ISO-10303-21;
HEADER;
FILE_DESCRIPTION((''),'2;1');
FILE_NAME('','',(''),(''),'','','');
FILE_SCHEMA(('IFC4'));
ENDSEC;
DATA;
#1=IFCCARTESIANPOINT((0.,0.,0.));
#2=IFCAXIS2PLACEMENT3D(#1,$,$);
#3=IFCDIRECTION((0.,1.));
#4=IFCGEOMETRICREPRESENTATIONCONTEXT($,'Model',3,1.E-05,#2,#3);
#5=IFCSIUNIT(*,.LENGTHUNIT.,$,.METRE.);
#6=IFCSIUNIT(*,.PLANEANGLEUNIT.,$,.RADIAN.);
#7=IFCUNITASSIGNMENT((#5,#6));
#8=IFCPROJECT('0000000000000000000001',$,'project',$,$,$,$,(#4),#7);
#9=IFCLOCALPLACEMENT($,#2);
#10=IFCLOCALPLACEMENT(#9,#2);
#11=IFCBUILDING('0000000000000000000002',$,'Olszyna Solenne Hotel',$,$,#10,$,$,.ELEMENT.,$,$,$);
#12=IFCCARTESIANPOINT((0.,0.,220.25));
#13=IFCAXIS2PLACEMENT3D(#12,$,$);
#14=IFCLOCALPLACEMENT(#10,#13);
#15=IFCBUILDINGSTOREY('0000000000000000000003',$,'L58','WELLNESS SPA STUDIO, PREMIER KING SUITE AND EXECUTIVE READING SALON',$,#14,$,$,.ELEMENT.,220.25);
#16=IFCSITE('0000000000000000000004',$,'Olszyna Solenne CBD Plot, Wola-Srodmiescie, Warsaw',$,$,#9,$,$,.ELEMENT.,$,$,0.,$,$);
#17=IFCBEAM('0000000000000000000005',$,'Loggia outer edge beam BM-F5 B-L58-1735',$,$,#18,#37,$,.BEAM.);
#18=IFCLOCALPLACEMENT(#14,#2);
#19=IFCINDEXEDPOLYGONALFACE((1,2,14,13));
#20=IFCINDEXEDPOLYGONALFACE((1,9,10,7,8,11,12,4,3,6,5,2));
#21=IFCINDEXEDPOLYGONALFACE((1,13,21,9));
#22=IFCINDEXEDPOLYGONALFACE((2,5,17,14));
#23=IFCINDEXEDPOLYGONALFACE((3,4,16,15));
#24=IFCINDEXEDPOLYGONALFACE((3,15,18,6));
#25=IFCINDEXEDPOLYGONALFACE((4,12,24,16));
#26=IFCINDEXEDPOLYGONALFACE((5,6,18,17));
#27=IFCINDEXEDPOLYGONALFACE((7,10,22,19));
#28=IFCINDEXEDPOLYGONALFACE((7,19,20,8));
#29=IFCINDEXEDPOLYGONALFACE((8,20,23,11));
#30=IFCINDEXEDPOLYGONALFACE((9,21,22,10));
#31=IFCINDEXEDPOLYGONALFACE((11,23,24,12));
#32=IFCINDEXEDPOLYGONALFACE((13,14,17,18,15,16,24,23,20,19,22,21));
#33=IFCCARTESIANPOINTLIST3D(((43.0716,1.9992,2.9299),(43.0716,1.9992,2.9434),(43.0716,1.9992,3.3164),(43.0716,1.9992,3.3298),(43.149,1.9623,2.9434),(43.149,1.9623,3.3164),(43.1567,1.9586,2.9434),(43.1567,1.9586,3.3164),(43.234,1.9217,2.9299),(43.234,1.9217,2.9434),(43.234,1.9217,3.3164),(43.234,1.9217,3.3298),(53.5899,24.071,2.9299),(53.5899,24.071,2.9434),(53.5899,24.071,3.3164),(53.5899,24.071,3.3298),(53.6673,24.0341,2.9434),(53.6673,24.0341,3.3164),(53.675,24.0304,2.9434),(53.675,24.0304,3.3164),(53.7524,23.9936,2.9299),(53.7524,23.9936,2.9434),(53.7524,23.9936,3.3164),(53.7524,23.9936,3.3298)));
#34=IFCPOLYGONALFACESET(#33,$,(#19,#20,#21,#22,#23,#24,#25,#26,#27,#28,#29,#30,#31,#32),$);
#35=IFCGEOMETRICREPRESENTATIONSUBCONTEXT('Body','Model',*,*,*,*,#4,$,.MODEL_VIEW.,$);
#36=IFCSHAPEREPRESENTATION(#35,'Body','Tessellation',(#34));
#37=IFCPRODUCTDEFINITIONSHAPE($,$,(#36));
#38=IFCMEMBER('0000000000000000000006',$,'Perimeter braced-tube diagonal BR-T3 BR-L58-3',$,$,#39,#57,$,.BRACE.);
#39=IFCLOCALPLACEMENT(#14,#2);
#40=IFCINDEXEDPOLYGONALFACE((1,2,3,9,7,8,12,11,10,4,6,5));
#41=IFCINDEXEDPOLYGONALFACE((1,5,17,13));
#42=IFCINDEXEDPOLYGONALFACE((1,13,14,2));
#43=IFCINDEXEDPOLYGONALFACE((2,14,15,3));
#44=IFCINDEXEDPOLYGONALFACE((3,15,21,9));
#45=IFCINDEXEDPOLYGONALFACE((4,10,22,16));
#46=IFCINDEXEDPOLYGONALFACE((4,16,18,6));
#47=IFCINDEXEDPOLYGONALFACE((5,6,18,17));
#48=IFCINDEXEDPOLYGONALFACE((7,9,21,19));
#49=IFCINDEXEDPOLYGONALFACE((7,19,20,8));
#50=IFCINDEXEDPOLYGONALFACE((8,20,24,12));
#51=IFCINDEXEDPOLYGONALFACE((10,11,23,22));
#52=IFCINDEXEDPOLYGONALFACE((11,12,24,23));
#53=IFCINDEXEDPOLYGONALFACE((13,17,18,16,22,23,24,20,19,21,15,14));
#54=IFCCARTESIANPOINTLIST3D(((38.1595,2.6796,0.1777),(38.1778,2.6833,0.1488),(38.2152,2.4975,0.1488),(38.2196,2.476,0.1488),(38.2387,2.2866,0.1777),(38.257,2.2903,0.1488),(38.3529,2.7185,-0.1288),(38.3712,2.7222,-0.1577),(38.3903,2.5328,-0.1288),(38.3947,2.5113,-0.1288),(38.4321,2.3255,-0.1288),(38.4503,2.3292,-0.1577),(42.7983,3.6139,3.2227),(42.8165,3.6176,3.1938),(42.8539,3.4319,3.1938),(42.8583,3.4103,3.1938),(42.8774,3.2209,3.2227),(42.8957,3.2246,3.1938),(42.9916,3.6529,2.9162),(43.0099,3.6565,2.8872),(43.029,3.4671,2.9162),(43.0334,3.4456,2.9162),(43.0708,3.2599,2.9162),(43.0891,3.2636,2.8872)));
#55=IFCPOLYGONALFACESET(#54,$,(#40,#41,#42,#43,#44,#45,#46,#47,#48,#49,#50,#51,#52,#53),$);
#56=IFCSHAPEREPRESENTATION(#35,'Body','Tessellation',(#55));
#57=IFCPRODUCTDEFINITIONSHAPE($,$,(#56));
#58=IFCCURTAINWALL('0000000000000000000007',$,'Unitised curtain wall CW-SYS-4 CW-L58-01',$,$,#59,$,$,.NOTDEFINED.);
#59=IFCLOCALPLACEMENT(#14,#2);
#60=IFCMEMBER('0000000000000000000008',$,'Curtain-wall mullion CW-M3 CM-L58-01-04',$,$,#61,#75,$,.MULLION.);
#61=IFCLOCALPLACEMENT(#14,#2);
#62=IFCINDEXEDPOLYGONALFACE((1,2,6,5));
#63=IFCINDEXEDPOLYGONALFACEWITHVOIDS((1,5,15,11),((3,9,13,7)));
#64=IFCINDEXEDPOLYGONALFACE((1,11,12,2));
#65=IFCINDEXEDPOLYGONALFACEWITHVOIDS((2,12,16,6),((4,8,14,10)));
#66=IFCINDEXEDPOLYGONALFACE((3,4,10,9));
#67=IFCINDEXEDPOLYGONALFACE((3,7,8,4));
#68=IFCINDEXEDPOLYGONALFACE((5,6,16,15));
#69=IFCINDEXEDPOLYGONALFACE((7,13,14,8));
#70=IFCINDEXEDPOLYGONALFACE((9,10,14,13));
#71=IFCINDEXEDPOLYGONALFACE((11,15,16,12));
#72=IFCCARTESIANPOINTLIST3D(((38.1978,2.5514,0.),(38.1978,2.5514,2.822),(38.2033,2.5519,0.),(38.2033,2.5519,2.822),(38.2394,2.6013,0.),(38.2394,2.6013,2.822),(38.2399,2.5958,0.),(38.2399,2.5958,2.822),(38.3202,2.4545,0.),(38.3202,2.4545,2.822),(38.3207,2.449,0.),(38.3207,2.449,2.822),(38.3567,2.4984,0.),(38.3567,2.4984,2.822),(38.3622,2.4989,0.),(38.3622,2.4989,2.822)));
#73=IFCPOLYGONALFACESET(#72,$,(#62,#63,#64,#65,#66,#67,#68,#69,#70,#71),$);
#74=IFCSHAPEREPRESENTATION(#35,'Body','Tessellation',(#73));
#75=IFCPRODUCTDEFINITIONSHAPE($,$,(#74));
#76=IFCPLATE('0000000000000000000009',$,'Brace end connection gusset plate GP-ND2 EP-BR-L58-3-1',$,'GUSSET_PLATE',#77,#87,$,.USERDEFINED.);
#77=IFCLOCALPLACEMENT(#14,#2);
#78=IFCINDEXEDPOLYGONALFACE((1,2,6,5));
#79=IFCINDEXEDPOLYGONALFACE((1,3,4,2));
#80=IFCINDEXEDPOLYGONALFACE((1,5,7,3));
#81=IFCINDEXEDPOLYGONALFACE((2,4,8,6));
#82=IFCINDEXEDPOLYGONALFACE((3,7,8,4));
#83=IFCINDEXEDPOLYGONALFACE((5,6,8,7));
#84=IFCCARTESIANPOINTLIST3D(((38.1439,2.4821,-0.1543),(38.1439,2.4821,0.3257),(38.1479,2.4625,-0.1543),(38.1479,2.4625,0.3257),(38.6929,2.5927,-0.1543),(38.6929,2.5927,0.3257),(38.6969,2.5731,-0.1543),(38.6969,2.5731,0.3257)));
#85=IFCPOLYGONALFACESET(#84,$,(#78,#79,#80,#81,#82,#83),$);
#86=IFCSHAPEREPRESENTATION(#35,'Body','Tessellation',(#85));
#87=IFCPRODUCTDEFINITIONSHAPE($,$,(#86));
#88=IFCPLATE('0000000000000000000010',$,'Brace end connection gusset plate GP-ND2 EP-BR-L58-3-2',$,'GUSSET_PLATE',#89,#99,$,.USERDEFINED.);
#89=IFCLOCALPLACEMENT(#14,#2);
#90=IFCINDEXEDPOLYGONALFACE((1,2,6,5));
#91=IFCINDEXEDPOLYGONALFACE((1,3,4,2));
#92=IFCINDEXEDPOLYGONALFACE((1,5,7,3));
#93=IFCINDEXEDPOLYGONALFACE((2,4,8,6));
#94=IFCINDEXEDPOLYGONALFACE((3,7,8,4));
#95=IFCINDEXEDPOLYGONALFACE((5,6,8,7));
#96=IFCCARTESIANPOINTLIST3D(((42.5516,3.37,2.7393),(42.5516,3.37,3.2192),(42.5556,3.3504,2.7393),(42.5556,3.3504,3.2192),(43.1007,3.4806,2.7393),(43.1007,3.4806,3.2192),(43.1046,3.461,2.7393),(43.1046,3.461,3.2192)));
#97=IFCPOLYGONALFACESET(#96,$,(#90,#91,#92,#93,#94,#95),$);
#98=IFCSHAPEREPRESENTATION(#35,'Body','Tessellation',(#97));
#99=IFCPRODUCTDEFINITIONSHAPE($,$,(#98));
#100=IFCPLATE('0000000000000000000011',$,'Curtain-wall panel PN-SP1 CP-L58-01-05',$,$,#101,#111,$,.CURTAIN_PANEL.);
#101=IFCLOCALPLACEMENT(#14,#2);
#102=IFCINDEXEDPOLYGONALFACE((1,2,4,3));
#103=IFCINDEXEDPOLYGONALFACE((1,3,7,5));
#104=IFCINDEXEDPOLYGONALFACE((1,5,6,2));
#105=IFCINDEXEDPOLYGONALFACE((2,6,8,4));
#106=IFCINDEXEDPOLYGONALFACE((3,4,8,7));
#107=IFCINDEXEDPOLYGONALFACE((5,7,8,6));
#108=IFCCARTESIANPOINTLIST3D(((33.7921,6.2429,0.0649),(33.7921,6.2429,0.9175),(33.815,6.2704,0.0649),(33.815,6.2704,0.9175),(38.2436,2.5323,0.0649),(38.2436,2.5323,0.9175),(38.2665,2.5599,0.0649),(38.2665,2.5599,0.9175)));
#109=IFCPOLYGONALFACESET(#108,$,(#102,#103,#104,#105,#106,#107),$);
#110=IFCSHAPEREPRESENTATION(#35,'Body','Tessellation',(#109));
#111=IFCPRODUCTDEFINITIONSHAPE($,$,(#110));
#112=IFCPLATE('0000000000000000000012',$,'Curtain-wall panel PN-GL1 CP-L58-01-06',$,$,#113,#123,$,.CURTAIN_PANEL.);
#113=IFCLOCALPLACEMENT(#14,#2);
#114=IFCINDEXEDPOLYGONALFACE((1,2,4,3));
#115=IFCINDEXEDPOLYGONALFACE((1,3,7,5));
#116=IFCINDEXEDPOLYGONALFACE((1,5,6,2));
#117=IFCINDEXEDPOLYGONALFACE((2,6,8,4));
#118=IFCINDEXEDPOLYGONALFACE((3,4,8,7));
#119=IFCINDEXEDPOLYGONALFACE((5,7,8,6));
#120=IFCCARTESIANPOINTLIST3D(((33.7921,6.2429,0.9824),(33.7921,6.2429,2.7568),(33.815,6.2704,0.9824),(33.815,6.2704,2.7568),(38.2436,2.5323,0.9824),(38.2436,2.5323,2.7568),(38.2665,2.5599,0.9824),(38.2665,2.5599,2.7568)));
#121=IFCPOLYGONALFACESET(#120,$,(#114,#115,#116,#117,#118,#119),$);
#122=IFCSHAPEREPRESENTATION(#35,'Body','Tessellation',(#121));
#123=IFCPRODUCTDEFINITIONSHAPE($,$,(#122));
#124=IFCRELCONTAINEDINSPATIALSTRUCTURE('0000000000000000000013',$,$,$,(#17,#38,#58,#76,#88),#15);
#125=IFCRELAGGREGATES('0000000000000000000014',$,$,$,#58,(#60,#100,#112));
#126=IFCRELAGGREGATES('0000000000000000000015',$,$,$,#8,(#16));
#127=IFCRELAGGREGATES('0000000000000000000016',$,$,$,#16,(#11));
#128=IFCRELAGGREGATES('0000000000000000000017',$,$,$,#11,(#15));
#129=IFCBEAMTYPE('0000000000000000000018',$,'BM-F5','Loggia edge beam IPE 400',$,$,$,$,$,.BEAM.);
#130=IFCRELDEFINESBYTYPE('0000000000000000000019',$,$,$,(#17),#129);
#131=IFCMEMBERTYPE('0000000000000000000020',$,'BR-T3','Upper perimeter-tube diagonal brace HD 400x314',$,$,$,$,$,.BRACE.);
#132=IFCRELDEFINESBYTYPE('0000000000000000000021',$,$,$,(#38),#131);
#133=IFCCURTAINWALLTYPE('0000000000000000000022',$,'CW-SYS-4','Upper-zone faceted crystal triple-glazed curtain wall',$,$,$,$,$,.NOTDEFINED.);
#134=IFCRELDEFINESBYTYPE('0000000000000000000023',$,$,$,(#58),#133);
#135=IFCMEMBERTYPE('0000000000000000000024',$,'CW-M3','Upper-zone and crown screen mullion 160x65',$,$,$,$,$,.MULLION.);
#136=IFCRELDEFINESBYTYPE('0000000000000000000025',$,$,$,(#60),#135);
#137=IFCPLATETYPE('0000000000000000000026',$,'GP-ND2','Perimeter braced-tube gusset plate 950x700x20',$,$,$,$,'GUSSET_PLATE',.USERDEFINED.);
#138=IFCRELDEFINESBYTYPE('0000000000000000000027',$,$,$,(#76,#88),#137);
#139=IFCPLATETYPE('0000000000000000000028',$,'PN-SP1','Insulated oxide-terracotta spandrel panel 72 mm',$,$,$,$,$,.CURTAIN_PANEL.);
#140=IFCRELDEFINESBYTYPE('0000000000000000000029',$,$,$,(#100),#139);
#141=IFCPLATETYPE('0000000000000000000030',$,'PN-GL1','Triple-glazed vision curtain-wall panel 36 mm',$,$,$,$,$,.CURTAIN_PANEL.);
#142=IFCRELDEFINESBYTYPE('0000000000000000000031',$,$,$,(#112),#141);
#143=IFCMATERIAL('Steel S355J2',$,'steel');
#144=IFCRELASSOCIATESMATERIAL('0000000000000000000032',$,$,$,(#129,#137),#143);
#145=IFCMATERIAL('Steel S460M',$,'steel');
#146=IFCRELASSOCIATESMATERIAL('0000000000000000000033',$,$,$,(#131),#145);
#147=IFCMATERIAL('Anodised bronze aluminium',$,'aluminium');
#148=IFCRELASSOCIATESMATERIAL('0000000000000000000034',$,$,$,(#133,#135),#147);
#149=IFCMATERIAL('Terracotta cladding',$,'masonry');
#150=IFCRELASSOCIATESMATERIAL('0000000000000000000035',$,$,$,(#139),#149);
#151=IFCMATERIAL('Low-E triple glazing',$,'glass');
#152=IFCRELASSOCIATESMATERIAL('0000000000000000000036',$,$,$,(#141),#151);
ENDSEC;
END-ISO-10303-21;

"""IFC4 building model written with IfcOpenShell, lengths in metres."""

from ifc_helpers import new_model, si_unit, direction, frame, origin, origin_2d, place, context, subcontext, project, spatial, rectangle, hollow_rectangle, i_section, extrude, source, transform, mapped, material, material_profile, profile_set, type_object, element, aggregate, save


model = new_model("IFC4")

# Units and contexts
model_context = context("Model", 3, precision=1e-05, world=origin(), true_north=direction((0.0, 1.0)))
body_context = subcontext(model_context, "Body", "Model", "MODEL_VIEW")
ifc_project = project(units=[si_unit("LENGTHUNIT", "METRE"), si_unit("PLANEANGLEUNIT", "RADIAN")], contexts=[model_context])

# Site, building, storey
site_placement = place(None, origin())
site = spatial("IfcSite", under=ifc_project, at=site_placement, Name="Olszyna Solenne CBD Plot, Wola-Srodmiescie, Warsaw", CompositionType="ELEMENT", RefElevation=0.0)
building_placement = place(site_placement, origin())
building = spatial("IfcBuilding", under=site, at=building_placement, Name="Olszyna Solenne Hotel", CompositionType="ELEMENT")
storey_placement = place(building_placement, frame((0.0, 0.0, 220.25)))
storey = spatial("IfcBuildingStorey", under=building, at=storey_placement, Name="L58", Description="WELLNESS SPA STUDIO, PREMIER KING SUITE AND EXECUTIVE READING SALON", CompositionType="ELEMENT", Elevation=220.25)

# Shared definitions
ifc_material_1 = material(Name="Steel S460M", Category="steel")

# Beam
ifc_material_2 = material(Name="Steel S355J2", Category="steel")
ifc_material_profile_1 = material_profile(ifc_material_2, i_section(OverallWidth=0.1799, OverallDepth=0.3999, WebThickness=0.0085, FlangeThickness=0.0134, at=origin_2d()), Name="IPE 400", Category="load-bearing")
ifc_profile_set_1 = profile_set([ifc_material_profile_1], Name="Steel S355J2")
beam_type_1 = type_object("IfcBeamType", Name="BM-F5", Description="Loggia edge beam IPE 400", PredefinedType="BEAM", material=ifc_profile_set_1)
shared_shape_1 = source(origin(), body_context, "Body", "SweptSolid", [
    extrude(i_section(OverallWidth=0.1799, OverallDepth=0.3999, WebThickness=0.0085, FlangeThickness=0.0134, at=origin_2d()), origin(), (0.0, 0.0, 1.0), 24.45),
])
beam_1_placement = place(storey_placement, frame((43.1528, 1.9604, 3.1299), z_axis=(0.430198, 0.902734, 0.0), x_axis=(-0.902734, 0.430198, 0.0)))
element("IfcBeam", 1, at=beam_1_placement, inside=storey, type_object=beam_type_1, Name="Loggia outer edge beam BM-F5 B-L58-1735", PredefinedType="BEAM", context=body_context, shape_type="MappedRepresentation", body=[
    mapped(shared_shape_1, transform((0.0, 0.0, 0.0), x_axis=(1.0, 0.0, 0.0), y_axis=(0.0, 1.0, 0.0), z_axis=(0.0, 0.0, 1.0), scale=1.0)),
])

# Member
ifc_material_profile_2 = material_profile(ifc_material_1, i_section(OverallWidth=0.4009, OverallDepth=0.3989, WebThickness=0.022, FlangeThickness=0.0344, at=origin_2d()), Name="HD 400x314", Category="load-bearing")
ifc_profile_set_2 = profile_set([ifc_material_profile_2], Name="Steel S460M")
member_type_1 = type_object("IfcMemberType", Name="BR-T3", Description="Upper perimeter-tube diagonal brace HD 400x314", PredefinedType="BRACE", material=ifc_profile_set_2)
shared_shape_2 = source(origin(), body_context, "Body", "SweptSolid", [
    extrude(i_section(OverallWidth=0.4009, OverallDepth=0.3989, WebThickness=0.022, FlangeThickness=0.0344, at=origin_2d()), origin(), (0.0, 0.0, 1.0), 5.627),
])
member_1_placement = place(storey_placement, frame((38.3049, 2.5044, 0.01), z_axis=(0.824377, 0.166047, 0.541138), x_axis=(-0.197455, 0.980312, 0.0)))
element("IfcMember", 2, at=member_1_placement, inside=storey, type_object=member_type_1, Name="Perimeter braced-tube diagonal BR-T3 BR-L58-3", PredefinedType="BRACE", context=body_context, shape_type="MappedRepresentation", body=[
    mapped(shared_shape_2, transform((0.0, 0.0, 0.0), x_axis=(1.0, 0.0, 0.0), y_axis=(0.0, 1.0, 0.0), z_axis=(0.0, 0.0, 1.0), scale=1.0)),
])

# Curtain wall, member
ifc_material_3 = material(Name="Anodised bronze aluminium", Category="aluminium")
curtain_wall_type = type_object("IfcCurtainWallType", Name="CW-SYS-4", Description="Upper-zone faceted crystal triple-glazed curtain wall", PredefinedType="NOTDEFINED", material=ifc_material_3)
curtain_wall_placement = place(storey_placement, origin())
curtain_wall = element("IfcCurtainWall", 3, at=curtain_wall_placement, inside=storey, type_object=curtain_wall_type, Name="Unitised curtain wall CW-SYS-4 CW-L58-01", PredefinedType="NOTDEFINED")
ifc_material_profile_3 = material_profile(ifc_material_3, hollow_rectangle(XDim=0.0649, YDim=0.1599, WallThickness=0.0039, at=origin_2d()), Name="MULL 160x65x4", Category="load-bearing")
ifc_profile_set_3 = profile_set([ifc_material_profile_3], Name="Anodised bronze aluminium")
member_type_2 = type_object("IfcMemberType", Name="CW-M3", Description="Upper-zone and crown screen mullion 160x65", PredefinedType="MULLION", material=ifc_profile_set_3)
shared_shape_3 = source(origin(), body_context, "Body", "SweptSolid", [
    extrude(hollow_rectangle(XDim=0.0649, YDim=0.1599, WallThickness=0.0039, at=origin_2d()), origin(), (0.0, 0.0, 1.0), 2.822),
])
member_2_placement = place(storey_placement, frame((38.28, 2.5251, 0.0), z_axis=(0.0, 0.0, 1.0), x_axis=(0.640281, 0.768141, 0.0)))
member_2 = element("IfcMember", 4, at=member_2_placement, type_object=member_type_2, Name="Curtain-wall mullion CW-M3 CM-L58-01-04", PredefinedType="MULLION", context=body_context, shape_type="MappedRepresentation", body=[
    mapped(shared_shape_3, transform((0.0, 0.0, 0.0), x_axis=(1.0, 0.0, 0.0), y_axis=(0.0, 1.0, 0.0), z_axis=(0.0, 0.0, 1.0), scale=1.0)),
])

# Plates
plate_type_1 = type_object("IfcPlateType", Name="GP-ND2", Description="Perimeter braced-tube gusset plate 950x700x20", ElementType="GUSSET_PLATE", PredefinedType="USERDEFINED", material=ifc_material_2)
shared_shape_4 = source(origin(), body_context, "Body", "SweptSolid", [
    extrude(rectangle(XDim=0.5601, YDim=0.02, at=origin_2d()), origin(), (0.0, 0.0, 1.0), 0.48),
])
for number, where, z_axis, x_axis, name in (
    (5, (38.4204, 2.5276, -0.1543), (0.0, 0.0, 1.0), (0.980306, 0.197486, 0.0), "Brace end connection gusset plate GP-ND2 EP-BR-L58-3-1"),
    (6, (42.8281, 3.4155, 2.7393), (0.0, 0.0, 1.0), (0.980306, 0.197486, 0.0), "Brace end connection gusset plate GP-ND2 EP-BR-L58-3-2"),
):
    element("IfcPlate", number, at=place(storey_placement, frame(where, z_axis=z_axis, x_axis=x_axis)), inside=storey, type_object=plate_type_1, Name=name, ObjectType="GUSSET_PLATE", PredefinedType="USERDEFINED", context=body_context, shape_type="MappedRepresentation", body=[
        mapped(shared_shape_4, transform((0.0, 0.0, 0.0), x_axis=(1.0, 0.0, 0.0), y_axis=(0.0, 1.0, 0.0), z_axis=(0.0, 0.0, 1.0), scale=1.0)),
    ])

# Plates
ifc_material_4 = material(Name="Terracotta cladding", Category="masonry")
plate_type_2 = type_object("IfcPlateType", Name="PN-SP1", Description="Insulated oxide-terracotta spandrel panel 72 mm", PredefinedType="CURTAIN_PANEL", material=ifc_material_4)
shared_shape_5 = source(origin(), body_context, "Body", "SweptSolid", [
    extrude(rectangle(XDim=5.7952, YDim=0.0359, at=origin_2d()), origin(), (0.0, 0.0, 1.0), 0.8525),
])
plate_1_placement = place(storey_placement, frame((36.0293, 4.4014, 0.0649), z_axis=(0.0, 0.0, 1.0), x_axis=(0.768141, -0.640281, 0.0)))
plate_1 = element("IfcPlate", 7, at=plate_1_placement, type_object=plate_type_2, Name="Curtain-wall panel PN-SP1 CP-L58-01-05", PredefinedType="CURTAIN_PANEL", context=body_context, shape_type="MappedRepresentation", body=[
    mapped(shared_shape_5, transform((0.0, 0.0, 0.0), x_axis=(1.0, 0.0, 0.0), y_axis=(0.0, 1.0, 0.0), z_axis=(0.0, 0.0, 1.0), scale=1.0)),
])
ifc_material_5 = material(Name="Low-E triple glazing", Category="glass")
plate_type_3 = type_object("IfcPlateType", Name="PN-GL1", Description="Triple-glazed vision curtain-wall panel 36 mm", PredefinedType="CURTAIN_PANEL", material=ifc_material_5)
shared_shape_6 = source(origin(), body_context, "Body", "SweptSolid", [
    extrude(rectangle(XDim=5.7952, YDim=0.0359, at=origin_2d()), origin(), (0.0, 0.0, 1.0), 1.7744),
])
plate_2_placement = place(storey_placement, frame((36.0293, 4.4014, 0.9824), z_axis=(0.0, 0.0, 1.0), x_axis=(0.768141, -0.640281, 0.0)))
plate_2 = element("IfcPlate", 8, at=plate_2_placement, type_object=plate_type_3, Name="Curtain-wall panel PN-GL1 CP-L58-01-06", PredefinedType="CURTAIN_PANEL", context=body_context, shape_type="MappedRepresentation", body=[
    mapped(shared_shape_6, transform((0.0, 0.0, 0.0), x_axis=(1.0, 0.0, 0.0), y_axis=(0.0, 1.0, 0.0), z_axis=(0.0, 0.0, 1.0), scale=1.0)),
])
aggregate(curtain_wall, [member_2, plate_1, plate_2])

save(model, "model.ifc")
